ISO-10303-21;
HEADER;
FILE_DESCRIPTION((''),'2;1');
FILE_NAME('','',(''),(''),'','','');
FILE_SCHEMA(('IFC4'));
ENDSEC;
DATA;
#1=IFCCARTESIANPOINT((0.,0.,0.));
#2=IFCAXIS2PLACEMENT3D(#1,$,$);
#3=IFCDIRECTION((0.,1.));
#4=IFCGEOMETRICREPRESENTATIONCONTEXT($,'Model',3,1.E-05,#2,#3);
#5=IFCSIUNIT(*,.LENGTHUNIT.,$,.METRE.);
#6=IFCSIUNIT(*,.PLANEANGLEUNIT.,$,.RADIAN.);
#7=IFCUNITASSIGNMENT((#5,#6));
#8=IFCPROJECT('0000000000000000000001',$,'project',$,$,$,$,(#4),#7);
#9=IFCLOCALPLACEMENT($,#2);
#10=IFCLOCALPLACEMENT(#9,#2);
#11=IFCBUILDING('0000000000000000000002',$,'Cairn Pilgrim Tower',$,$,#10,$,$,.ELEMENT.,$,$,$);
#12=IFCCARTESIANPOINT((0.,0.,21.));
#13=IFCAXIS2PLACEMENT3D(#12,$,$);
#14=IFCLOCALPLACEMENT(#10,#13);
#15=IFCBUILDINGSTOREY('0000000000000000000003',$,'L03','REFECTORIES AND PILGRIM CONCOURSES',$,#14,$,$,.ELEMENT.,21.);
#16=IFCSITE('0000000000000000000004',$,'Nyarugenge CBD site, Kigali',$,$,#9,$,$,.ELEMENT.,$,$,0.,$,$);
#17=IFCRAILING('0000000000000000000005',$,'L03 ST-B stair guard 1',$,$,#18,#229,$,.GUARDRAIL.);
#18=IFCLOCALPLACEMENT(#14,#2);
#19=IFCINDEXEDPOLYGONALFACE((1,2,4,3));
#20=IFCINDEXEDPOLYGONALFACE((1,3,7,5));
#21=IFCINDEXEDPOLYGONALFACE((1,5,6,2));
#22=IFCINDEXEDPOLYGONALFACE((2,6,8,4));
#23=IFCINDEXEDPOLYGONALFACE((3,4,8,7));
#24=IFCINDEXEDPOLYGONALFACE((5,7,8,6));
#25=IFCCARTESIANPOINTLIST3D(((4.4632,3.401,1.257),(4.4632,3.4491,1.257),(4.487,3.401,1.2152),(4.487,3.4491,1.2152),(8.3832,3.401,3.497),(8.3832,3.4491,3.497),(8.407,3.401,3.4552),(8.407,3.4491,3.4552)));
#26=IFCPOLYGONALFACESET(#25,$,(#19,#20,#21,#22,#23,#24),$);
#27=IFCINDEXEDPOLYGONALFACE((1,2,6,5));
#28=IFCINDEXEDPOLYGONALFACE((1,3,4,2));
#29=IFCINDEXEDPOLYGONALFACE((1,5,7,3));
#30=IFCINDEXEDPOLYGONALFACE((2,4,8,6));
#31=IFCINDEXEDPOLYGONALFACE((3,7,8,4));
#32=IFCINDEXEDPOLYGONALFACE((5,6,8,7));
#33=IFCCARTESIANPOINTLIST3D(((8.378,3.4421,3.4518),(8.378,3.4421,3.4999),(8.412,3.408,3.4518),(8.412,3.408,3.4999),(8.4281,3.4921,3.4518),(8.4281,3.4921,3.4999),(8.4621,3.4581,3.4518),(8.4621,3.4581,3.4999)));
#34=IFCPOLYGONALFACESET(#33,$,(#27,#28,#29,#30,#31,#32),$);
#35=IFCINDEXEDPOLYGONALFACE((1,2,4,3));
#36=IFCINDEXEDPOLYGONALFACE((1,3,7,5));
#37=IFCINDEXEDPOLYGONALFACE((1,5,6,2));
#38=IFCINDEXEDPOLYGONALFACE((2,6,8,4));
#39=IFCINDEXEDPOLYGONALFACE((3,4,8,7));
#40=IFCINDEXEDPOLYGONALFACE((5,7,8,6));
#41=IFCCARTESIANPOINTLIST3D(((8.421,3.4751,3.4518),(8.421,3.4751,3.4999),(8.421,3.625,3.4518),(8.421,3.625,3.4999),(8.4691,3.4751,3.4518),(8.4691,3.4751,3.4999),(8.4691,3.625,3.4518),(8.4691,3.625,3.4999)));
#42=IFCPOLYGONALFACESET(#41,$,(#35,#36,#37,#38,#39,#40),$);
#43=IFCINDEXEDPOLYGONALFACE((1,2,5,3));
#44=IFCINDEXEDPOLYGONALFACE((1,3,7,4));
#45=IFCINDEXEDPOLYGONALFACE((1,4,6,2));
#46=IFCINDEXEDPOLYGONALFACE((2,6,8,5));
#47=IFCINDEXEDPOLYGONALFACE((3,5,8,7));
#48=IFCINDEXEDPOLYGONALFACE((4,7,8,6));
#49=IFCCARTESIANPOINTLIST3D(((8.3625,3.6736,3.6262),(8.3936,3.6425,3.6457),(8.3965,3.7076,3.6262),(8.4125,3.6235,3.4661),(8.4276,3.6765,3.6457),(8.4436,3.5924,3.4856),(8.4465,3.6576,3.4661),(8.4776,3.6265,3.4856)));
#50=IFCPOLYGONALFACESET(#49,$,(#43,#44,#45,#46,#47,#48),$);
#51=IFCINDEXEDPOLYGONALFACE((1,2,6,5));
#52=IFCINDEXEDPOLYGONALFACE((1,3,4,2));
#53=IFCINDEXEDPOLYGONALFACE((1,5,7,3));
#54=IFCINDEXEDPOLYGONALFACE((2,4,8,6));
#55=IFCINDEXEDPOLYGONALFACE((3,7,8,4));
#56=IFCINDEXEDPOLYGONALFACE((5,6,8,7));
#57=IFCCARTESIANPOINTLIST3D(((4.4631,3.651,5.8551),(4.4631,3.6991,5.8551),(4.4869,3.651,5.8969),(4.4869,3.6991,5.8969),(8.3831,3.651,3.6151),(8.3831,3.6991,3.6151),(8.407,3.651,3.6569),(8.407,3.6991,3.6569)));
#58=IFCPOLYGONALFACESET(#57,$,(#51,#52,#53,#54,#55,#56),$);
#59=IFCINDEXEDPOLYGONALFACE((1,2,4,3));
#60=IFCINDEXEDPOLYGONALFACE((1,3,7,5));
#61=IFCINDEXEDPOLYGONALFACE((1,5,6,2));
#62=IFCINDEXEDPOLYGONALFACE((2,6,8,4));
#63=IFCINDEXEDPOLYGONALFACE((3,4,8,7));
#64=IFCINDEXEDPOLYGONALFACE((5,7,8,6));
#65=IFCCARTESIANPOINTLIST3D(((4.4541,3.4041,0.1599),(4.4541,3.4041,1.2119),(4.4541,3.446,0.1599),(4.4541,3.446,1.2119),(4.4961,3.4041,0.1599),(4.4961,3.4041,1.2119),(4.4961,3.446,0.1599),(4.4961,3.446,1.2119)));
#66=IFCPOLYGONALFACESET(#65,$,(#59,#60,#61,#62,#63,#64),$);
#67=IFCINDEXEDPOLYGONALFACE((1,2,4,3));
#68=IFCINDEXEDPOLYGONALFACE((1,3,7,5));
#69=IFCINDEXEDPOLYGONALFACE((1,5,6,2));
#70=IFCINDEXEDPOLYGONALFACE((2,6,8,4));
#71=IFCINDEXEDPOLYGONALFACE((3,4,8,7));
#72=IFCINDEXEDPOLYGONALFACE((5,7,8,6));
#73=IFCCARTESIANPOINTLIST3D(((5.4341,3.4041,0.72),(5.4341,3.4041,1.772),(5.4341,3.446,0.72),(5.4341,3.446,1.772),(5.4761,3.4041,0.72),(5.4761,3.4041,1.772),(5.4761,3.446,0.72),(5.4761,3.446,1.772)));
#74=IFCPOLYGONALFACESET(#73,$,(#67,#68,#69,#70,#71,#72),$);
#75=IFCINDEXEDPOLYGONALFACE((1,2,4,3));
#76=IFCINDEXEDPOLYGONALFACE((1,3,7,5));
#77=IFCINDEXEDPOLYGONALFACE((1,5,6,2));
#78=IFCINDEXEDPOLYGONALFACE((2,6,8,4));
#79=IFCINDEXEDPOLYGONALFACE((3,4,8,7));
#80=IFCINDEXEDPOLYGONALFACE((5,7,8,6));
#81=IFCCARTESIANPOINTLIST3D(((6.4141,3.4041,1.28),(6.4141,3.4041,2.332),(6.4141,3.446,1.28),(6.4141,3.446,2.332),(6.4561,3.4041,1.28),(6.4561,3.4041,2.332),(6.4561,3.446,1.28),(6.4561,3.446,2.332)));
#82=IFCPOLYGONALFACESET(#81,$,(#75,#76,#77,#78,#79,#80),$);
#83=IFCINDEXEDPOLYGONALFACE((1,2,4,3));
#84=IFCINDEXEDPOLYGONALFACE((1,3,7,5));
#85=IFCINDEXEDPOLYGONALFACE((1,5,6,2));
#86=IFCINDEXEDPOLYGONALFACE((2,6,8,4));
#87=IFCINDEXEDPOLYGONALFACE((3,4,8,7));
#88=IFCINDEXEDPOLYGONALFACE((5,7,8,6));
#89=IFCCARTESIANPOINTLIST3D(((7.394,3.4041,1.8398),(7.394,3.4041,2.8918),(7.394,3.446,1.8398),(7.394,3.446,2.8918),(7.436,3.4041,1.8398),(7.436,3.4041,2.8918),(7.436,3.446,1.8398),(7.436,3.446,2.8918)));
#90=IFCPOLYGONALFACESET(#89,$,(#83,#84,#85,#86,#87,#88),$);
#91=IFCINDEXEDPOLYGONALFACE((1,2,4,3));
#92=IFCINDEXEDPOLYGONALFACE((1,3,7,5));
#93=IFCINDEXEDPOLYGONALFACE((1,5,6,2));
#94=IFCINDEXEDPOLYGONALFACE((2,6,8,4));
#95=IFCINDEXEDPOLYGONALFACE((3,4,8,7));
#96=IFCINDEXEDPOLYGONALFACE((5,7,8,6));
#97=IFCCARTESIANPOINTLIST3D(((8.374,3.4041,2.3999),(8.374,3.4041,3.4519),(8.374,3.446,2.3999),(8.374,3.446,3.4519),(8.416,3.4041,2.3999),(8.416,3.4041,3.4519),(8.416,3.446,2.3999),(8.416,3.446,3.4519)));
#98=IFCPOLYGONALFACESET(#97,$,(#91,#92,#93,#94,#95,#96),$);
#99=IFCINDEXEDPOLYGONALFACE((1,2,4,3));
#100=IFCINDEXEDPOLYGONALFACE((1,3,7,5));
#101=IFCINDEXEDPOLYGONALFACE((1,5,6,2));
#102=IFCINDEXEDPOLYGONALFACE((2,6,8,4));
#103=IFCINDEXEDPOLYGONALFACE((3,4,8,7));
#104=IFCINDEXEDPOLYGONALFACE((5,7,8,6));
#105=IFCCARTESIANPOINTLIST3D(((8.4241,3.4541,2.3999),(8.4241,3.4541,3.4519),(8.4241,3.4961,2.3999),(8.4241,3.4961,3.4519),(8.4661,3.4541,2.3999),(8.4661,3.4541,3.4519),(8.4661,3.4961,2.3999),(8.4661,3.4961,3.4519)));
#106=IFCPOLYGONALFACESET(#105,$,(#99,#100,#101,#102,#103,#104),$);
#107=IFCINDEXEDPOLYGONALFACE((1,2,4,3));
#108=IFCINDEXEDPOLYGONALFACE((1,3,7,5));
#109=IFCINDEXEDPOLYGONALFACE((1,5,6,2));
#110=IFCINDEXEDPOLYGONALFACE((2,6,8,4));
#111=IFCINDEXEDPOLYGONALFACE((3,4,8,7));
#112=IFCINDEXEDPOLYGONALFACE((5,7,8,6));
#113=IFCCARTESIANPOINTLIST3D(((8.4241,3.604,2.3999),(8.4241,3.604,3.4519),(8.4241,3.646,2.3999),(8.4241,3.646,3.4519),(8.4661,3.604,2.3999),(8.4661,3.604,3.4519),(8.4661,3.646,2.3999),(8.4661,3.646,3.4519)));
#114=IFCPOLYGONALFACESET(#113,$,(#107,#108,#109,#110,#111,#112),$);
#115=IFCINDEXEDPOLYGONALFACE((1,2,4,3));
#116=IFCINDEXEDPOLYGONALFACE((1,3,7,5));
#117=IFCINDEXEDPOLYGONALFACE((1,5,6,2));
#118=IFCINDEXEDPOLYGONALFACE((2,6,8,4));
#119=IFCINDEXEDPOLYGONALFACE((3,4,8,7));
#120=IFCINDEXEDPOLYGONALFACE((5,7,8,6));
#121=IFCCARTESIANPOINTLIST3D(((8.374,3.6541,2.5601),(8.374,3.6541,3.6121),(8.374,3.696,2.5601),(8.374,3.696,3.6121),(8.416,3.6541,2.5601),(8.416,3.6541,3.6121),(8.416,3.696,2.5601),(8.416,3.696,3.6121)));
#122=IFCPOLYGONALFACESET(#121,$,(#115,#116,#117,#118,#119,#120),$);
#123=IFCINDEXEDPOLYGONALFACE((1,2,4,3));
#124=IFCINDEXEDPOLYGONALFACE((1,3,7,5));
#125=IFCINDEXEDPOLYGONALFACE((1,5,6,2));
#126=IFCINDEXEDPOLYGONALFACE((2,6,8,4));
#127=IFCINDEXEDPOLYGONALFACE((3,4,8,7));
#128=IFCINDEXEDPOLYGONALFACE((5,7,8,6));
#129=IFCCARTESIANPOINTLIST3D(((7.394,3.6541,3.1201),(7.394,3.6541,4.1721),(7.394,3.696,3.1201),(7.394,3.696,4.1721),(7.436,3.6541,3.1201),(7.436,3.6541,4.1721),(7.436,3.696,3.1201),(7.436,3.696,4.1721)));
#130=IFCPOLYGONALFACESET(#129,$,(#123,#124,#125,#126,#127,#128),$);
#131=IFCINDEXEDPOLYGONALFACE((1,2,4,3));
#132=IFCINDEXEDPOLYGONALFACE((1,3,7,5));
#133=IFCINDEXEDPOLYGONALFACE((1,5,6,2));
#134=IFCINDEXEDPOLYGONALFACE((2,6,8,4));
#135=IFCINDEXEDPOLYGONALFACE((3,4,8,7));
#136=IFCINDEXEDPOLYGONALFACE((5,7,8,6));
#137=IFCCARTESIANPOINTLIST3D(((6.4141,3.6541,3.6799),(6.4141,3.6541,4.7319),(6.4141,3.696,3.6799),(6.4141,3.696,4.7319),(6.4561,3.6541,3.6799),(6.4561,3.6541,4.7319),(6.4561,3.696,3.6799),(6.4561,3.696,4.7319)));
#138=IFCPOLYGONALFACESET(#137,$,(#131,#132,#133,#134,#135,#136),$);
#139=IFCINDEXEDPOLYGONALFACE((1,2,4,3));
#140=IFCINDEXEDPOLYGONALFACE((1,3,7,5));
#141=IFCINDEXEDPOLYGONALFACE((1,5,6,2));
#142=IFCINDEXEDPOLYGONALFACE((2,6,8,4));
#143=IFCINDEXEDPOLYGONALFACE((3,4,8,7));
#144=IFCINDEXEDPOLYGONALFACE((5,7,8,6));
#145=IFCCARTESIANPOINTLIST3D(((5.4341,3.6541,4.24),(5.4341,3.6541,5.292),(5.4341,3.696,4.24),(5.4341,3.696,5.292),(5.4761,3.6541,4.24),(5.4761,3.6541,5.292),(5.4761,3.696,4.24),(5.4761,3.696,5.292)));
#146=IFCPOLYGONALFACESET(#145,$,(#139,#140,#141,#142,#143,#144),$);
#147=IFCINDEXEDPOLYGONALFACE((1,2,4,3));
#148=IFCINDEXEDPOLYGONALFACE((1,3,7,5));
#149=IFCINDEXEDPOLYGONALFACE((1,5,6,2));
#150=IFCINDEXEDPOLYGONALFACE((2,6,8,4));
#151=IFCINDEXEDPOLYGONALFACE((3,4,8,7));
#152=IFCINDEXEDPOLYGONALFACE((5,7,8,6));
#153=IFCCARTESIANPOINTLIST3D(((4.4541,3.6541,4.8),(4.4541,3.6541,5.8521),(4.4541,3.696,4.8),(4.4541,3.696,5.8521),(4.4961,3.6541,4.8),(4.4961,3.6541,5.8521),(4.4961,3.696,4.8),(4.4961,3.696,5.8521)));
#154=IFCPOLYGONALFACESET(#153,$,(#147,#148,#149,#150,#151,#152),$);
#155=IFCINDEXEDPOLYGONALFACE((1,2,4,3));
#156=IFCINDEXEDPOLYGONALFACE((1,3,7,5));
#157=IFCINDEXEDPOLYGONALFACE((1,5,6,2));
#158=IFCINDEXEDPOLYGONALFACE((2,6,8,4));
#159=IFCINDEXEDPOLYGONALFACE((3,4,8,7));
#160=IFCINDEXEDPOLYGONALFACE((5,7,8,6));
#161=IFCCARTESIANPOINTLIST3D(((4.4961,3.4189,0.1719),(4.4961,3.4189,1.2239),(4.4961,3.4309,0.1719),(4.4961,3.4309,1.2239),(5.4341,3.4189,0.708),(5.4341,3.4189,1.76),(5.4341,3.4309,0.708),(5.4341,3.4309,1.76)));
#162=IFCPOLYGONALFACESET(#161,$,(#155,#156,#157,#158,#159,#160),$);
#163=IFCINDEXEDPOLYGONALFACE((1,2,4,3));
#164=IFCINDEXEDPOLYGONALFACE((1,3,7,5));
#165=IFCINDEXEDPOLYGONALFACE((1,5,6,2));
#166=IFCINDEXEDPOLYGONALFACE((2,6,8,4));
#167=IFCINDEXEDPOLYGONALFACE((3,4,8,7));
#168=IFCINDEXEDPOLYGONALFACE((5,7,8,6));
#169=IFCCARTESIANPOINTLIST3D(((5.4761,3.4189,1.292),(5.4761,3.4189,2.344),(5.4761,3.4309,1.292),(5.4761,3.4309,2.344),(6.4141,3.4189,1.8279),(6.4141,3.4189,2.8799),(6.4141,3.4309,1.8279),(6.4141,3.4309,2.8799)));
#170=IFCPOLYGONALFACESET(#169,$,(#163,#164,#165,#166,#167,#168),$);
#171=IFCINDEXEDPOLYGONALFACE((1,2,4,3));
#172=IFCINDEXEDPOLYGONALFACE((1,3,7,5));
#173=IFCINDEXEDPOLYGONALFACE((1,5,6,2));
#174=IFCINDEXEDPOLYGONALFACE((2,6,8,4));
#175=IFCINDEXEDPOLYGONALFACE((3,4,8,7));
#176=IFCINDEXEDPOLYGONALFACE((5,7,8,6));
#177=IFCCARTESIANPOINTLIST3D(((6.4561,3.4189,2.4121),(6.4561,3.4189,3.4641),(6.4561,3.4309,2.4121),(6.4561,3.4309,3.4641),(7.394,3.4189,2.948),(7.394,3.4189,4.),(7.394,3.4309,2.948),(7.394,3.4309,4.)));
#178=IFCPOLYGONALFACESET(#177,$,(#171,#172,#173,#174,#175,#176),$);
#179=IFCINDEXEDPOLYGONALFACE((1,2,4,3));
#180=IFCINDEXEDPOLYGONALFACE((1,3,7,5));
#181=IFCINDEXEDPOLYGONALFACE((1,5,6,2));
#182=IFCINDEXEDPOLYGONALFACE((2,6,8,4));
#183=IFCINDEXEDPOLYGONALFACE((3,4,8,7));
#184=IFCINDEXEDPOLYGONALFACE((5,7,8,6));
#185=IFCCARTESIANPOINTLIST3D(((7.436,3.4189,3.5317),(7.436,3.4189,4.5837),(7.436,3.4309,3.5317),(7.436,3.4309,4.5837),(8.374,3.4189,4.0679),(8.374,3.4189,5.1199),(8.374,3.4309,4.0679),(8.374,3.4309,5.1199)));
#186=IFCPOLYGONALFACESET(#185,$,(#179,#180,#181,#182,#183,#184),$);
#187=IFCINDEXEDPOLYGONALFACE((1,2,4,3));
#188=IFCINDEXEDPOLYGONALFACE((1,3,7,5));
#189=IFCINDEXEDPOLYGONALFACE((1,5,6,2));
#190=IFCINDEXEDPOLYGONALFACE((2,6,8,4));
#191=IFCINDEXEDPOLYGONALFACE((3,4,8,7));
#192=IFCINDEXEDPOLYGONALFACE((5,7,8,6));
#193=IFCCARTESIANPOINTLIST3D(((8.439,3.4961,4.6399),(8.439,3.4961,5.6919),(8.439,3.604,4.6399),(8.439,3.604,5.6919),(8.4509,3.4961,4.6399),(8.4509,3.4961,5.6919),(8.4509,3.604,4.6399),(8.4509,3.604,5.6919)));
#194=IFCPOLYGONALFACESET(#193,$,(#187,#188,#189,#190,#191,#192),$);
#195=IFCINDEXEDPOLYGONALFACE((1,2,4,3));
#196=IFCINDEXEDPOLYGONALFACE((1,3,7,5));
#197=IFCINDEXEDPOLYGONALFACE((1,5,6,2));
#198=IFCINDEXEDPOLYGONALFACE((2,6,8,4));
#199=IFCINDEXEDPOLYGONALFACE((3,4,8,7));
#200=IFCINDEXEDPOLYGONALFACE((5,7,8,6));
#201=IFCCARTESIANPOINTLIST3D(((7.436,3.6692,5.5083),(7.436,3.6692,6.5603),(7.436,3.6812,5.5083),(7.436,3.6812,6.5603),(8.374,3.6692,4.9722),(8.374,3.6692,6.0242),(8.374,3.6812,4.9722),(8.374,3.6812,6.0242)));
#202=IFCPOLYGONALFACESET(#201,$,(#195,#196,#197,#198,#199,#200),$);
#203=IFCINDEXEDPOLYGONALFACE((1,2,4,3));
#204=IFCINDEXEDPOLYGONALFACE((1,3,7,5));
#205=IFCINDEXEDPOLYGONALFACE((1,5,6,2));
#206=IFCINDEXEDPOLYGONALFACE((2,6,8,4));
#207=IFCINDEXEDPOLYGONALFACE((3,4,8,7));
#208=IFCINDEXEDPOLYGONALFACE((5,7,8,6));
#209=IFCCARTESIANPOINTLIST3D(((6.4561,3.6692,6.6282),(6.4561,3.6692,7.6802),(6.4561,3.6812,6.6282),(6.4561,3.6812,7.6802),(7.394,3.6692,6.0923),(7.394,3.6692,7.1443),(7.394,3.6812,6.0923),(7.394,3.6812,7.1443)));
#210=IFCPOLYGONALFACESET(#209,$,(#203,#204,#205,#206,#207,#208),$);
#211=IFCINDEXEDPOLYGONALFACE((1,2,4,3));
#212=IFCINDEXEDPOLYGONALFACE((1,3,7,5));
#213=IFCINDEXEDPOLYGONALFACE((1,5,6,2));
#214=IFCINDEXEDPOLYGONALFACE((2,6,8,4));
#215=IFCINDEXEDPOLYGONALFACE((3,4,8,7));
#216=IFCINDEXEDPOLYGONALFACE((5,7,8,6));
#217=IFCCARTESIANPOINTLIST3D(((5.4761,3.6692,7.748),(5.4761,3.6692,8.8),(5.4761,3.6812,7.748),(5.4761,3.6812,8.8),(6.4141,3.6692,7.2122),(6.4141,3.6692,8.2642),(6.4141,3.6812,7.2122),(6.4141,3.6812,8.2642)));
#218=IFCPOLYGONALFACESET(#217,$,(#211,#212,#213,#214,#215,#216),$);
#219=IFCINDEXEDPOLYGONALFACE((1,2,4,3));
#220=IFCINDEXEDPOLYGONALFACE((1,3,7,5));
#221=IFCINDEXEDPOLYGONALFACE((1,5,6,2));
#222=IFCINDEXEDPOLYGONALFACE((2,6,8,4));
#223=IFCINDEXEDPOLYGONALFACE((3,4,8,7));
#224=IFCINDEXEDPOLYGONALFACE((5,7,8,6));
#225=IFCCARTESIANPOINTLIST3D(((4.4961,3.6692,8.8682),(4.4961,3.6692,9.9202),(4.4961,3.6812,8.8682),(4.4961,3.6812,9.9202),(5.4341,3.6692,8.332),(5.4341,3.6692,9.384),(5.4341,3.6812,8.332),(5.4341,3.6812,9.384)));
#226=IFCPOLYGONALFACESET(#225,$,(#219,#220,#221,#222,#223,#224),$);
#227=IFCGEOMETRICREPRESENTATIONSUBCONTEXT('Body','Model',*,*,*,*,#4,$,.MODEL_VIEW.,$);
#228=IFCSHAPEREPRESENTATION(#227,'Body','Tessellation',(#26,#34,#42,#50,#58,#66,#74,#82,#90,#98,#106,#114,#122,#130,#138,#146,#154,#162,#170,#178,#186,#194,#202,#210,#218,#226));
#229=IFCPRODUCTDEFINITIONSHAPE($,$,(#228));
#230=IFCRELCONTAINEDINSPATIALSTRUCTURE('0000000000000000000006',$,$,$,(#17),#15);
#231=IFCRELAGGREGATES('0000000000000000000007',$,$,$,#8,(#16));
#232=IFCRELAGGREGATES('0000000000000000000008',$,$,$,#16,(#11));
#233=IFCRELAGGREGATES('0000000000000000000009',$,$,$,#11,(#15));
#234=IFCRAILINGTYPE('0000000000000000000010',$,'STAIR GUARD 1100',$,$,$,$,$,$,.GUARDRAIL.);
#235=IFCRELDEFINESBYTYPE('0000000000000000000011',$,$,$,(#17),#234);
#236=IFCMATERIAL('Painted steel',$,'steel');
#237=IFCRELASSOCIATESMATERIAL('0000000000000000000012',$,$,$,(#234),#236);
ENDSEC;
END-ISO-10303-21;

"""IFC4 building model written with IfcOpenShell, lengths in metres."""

from ifc_helpers import new_model, si_unit, direction, frame, origin, origin_2d, place, context, subcontext, project, spatial, polyline, rectangle, outline, extrude, material, type_object, element, save


model = new_model("IFC4")

# Units and contexts
model_context = context("Model", 3, precision=1e-05, world=origin(), true_north=direction((0.0, 1.0)))
body_context = subcontext(model_context, "Body", "Model", "MODEL_VIEW")
ifc_project = project(units=[si_unit("LENGTHUNIT", "METRE"), si_unit("PLANEANGLEUNIT", "RADIAN")], contexts=[model_context])

# Site, building, storey
site_placement = place(None, origin())
site = spatial("IfcSite", under=ifc_project, at=site_placement, Name="Nyarugenge CBD site, Kigali", CompositionType="ELEMENT", RefElevation=0.0)
building_placement = place(site_placement, origin())
building = spatial("IfcBuilding", under=site, at=building_placement, Name="Cairn Pilgrim Tower", CompositionType="ELEMENT")
storey_placement = place(building_placement, frame((0.0, 0.0, 21.0)))
storey = spatial("IfcBuildingStorey", under=building, at=storey_placement, Name="L03", Description="REFECTORIES AND PILGRIM CONCOURSES", CompositionType="ELEMENT", Elevation=21.0)

# Shared definitions
ifc_material_1 = material(Name="Painted steel", Category="steel")

# Railing
railing_type_1 = type_object("IfcRailingType", Name="STAIR GUARD 1100", PredefinedType="GUARDRAIL", material=ifc_material_1)
railing_1_placement = place(storey_placement, frame((4.4751, 3.425, 0.1599)))
element("IfcRailing", 1, at=railing_1_placement, inside=storey, type_object=railing_type_1, Name="L03 ST-B stair guard 1", PredefinedType="GUARDRAIL", context=body_context, shape_type="SweptSolid", body=[
    extrude(rectangle(XDim=0.0481, YDim=0.0481, at=origin_2d()), frame((0.0, 0.0, 1.0762), z_axis=(0.86824, 0.0, 0.496145), x_axis=(0.0, 1.0, 0.0)), (0.0, 0.0, 1.0), 4.5149),
    extrude(rectangle(XDim=0.0481, YDim=0.0481, at=origin_2d()), frame((3.9199, 0.0, 3.3159), z_axis=(0.707107, 0.707107, 0.0), x_axis=(-0.707107, 0.707107, 0.0)), (0.0, 0.0, 1.0), 0.0708),
    extrude(rectangle(XDim=0.0481, YDim=0.0481, at=origin_2d()), frame((3.97, 0.05, 3.3159), z_axis=(0.0, 1.0, 0.0), x_axis=(-1.0, 0.0, 0.0)), (0.0, 0.0, 1.0), 0.1499),
    extrude(rectangle(XDim=0.0481, YDim=0.0481, at=origin_2d()), frame((3.97, 0.2, 3.3159), z_axis=(-0.285831, 0.285831, 0.914659), x_axis=(-0.707107, -0.707107, 0.0)), (0.0, 0.0, 1.0), 0.175),
    extrude(rectangle(XDim=0.0481, YDim=0.0481, at=origin_2d()), frame((3.9199, 0.25, 3.4761), z_axis=(-0.86824, 0.0, 0.496145), x_axis=(0.0, -1.0, 0.0)), (0.0, 0.0, 1.0), 4.5149),
    extrude(rectangle(XDim=0.042, YDim=0.042, at=origin_2d()), origin(), (0.0, 0.0, 1.0), 1.052),
    extrude(rectangle(XDim=0.042, YDim=0.042, at=origin_2d()), frame((0.98, 0.0, 0.5601)), (0.0, 0.0, 1.0), 1.052),
    extrude(rectangle(XDim=0.042, YDim=0.042, at=origin_2d()), frame((1.96, 0.0, 1.1201)), (0.0, 0.0, 1.0), 1.052),
    extrude(rectangle(XDim=0.042, YDim=0.042, at=origin_2d()), frame((2.9399, 0.0, 1.6799)), (0.0, 0.0, 1.0), 1.052),
    extrude(rectangle(XDim=0.042, YDim=0.042, at=origin_2d()), frame((3.9199, 0.0, 2.24)), (0.0, 0.0, 1.0), 1.052),
    extrude(rectangle(XDim=0.042, YDim=0.042, at=origin_2d()), frame((3.97, 0.05, 2.24)), (0.0, 0.0, 1.0), 1.052),
    extrude(rectangle(XDim=0.042, YDim=0.042, at=origin_2d()), frame((3.97, 0.2, 2.24)), (0.0, 0.0, 1.0), 1.052),
    extrude(rectangle(XDim=0.042, YDim=0.042, at=origin_2d()), frame((3.9199, 0.25, 2.4001)), (0.0, 0.0, 1.0), 1.052),
    extrude(rectangle(XDim=0.042, YDim=0.042, at=origin_2d()), frame((2.9399, 0.25, 2.9602)), (0.0, 0.0, 1.0), 1.052),
    extrude(rectangle(XDim=0.042, YDim=0.042, at=origin_2d()), frame((1.96, 0.25, 3.52)), (0.0, 0.0, 1.0), 1.052),
    extrude(rectangle(XDim=0.042, YDim=0.042, at=origin_2d()), frame((0.98, 0.25, 4.0801)), (0.0, 0.0, 1.0), 1.052),
    extrude(rectangle(XDim=0.042, YDim=0.042, at=origin_2d()), frame((0.0, 0.25, 4.6401)), (0.0, 0.0, 1.0), 1.052),
    extrude(outline(polyline([(0.021, 0.012), (0.959, 0.5481), (0.959, 1.6001), (0.021, 1.064), (0.021, 0.012)])), frame((0.0, 0.0059, 0.0), z_axis=(0.0, -1.0, 0.0), x_axis=(1.0, 0.0, 0.0)), (0.0, 0.0, 1.0), 0.012),
    extrude(outline(polyline([(0.021, 0.572), (0.959, 1.1079), (0.959, 2.1599), (0.021, 1.624), (0.021, 0.572)])), frame((0.98, 0.0059, 0.5601), z_axis=(0.0, -1.0, 0.0), x_axis=(1.0, 0.0, 0.0)), (0.0, 0.0, 1.0), 0.012),
    extrude(outline(polyline([(0.021, 1.1321), (0.959, 1.668), (0.959, 2.72), (0.021, 2.1841), (0.021, 1.1321)])), frame((1.96, 0.0059, 1.1201), z_axis=(0.0, -1.0, 0.0), x_axis=(1.0, 0.0, 0.0)), (0.0, 0.0, 1.0), 0.012),
    extrude(outline(polyline([(0.021, 1.6919), (0.959, 2.228), (0.959, 3.28), (0.021, 2.7439), (0.021, 1.6919)])), frame((2.9399, 0.0059, 1.6799), z_axis=(0.0, -1.0, 0.0), x_axis=(1.0, 0.0, 0.0)), (0.0, 0.0, 1.0), 0.012),
    extrude(outline(polyline([(0.021, 2.24), (0.1289, 2.24), (0.1289, 3.292), (0.021, 3.292), (0.021, 2.24)])), frame((3.9639, 0.05, 2.24), z_axis=(1.0, 0.0, 0.0), x_axis=(0.0, 1.0, 0.0)), (0.0, 0.0, 1.0), 0.012),
    extrude(outline(polyline([(0.021, 2.4121), (0.959, 2.9482), (0.959, 4.0002), (0.021, 3.4641), (0.021, 2.4121)])), frame((3.9199, 0.2441, 2.4001), z_axis=(0.0, 1.0, 0.0), x_axis=(-1.0, 0.0, 0.0)), (0.0, 0.0, 1.0), 0.012),
    extrude(outline(polyline([(0.021, 2.9722), (0.959, 3.5081), (0.959, 4.5601), (0.021, 4.0242), (0.021, 2.9722)])), frame((2.9399, 0.2441, 2.9602), z_axis=(0.0, 1.0, 0.0), x_axis=(-1.0, 0.0, 0.0)), (0.0, 0.0, 1.0), 0.012),
    extrude(outline(polyline([(0.021, 3.5322), (0.959, 4.0681), (0.959, 5.1201), (0.021, 4.5842), (0.021, 3.5322)])), frame((1.96, 0.2441, 3.52), z_axis=(0.0, 1.0, 0.0), x_axis=(-1.0, 0.0, 0.0)), (0.0, 0.0, 1.0), 0.012),
    extrude(outline(polyline([(0.021, 4.092), (0.959, 4.6282), (0.959, 5.6802), (0.021, 5.144), (0.021, 4.092)])), frame((0.98, 0.2441, 4.0801), z_axis=(0.0, 1.0, 0.0), x_axis=(-1.0, 0.0, 0.0)), (0.0, 0.0, 1.0), 0.012),
])

save(model, "model.ifc")
